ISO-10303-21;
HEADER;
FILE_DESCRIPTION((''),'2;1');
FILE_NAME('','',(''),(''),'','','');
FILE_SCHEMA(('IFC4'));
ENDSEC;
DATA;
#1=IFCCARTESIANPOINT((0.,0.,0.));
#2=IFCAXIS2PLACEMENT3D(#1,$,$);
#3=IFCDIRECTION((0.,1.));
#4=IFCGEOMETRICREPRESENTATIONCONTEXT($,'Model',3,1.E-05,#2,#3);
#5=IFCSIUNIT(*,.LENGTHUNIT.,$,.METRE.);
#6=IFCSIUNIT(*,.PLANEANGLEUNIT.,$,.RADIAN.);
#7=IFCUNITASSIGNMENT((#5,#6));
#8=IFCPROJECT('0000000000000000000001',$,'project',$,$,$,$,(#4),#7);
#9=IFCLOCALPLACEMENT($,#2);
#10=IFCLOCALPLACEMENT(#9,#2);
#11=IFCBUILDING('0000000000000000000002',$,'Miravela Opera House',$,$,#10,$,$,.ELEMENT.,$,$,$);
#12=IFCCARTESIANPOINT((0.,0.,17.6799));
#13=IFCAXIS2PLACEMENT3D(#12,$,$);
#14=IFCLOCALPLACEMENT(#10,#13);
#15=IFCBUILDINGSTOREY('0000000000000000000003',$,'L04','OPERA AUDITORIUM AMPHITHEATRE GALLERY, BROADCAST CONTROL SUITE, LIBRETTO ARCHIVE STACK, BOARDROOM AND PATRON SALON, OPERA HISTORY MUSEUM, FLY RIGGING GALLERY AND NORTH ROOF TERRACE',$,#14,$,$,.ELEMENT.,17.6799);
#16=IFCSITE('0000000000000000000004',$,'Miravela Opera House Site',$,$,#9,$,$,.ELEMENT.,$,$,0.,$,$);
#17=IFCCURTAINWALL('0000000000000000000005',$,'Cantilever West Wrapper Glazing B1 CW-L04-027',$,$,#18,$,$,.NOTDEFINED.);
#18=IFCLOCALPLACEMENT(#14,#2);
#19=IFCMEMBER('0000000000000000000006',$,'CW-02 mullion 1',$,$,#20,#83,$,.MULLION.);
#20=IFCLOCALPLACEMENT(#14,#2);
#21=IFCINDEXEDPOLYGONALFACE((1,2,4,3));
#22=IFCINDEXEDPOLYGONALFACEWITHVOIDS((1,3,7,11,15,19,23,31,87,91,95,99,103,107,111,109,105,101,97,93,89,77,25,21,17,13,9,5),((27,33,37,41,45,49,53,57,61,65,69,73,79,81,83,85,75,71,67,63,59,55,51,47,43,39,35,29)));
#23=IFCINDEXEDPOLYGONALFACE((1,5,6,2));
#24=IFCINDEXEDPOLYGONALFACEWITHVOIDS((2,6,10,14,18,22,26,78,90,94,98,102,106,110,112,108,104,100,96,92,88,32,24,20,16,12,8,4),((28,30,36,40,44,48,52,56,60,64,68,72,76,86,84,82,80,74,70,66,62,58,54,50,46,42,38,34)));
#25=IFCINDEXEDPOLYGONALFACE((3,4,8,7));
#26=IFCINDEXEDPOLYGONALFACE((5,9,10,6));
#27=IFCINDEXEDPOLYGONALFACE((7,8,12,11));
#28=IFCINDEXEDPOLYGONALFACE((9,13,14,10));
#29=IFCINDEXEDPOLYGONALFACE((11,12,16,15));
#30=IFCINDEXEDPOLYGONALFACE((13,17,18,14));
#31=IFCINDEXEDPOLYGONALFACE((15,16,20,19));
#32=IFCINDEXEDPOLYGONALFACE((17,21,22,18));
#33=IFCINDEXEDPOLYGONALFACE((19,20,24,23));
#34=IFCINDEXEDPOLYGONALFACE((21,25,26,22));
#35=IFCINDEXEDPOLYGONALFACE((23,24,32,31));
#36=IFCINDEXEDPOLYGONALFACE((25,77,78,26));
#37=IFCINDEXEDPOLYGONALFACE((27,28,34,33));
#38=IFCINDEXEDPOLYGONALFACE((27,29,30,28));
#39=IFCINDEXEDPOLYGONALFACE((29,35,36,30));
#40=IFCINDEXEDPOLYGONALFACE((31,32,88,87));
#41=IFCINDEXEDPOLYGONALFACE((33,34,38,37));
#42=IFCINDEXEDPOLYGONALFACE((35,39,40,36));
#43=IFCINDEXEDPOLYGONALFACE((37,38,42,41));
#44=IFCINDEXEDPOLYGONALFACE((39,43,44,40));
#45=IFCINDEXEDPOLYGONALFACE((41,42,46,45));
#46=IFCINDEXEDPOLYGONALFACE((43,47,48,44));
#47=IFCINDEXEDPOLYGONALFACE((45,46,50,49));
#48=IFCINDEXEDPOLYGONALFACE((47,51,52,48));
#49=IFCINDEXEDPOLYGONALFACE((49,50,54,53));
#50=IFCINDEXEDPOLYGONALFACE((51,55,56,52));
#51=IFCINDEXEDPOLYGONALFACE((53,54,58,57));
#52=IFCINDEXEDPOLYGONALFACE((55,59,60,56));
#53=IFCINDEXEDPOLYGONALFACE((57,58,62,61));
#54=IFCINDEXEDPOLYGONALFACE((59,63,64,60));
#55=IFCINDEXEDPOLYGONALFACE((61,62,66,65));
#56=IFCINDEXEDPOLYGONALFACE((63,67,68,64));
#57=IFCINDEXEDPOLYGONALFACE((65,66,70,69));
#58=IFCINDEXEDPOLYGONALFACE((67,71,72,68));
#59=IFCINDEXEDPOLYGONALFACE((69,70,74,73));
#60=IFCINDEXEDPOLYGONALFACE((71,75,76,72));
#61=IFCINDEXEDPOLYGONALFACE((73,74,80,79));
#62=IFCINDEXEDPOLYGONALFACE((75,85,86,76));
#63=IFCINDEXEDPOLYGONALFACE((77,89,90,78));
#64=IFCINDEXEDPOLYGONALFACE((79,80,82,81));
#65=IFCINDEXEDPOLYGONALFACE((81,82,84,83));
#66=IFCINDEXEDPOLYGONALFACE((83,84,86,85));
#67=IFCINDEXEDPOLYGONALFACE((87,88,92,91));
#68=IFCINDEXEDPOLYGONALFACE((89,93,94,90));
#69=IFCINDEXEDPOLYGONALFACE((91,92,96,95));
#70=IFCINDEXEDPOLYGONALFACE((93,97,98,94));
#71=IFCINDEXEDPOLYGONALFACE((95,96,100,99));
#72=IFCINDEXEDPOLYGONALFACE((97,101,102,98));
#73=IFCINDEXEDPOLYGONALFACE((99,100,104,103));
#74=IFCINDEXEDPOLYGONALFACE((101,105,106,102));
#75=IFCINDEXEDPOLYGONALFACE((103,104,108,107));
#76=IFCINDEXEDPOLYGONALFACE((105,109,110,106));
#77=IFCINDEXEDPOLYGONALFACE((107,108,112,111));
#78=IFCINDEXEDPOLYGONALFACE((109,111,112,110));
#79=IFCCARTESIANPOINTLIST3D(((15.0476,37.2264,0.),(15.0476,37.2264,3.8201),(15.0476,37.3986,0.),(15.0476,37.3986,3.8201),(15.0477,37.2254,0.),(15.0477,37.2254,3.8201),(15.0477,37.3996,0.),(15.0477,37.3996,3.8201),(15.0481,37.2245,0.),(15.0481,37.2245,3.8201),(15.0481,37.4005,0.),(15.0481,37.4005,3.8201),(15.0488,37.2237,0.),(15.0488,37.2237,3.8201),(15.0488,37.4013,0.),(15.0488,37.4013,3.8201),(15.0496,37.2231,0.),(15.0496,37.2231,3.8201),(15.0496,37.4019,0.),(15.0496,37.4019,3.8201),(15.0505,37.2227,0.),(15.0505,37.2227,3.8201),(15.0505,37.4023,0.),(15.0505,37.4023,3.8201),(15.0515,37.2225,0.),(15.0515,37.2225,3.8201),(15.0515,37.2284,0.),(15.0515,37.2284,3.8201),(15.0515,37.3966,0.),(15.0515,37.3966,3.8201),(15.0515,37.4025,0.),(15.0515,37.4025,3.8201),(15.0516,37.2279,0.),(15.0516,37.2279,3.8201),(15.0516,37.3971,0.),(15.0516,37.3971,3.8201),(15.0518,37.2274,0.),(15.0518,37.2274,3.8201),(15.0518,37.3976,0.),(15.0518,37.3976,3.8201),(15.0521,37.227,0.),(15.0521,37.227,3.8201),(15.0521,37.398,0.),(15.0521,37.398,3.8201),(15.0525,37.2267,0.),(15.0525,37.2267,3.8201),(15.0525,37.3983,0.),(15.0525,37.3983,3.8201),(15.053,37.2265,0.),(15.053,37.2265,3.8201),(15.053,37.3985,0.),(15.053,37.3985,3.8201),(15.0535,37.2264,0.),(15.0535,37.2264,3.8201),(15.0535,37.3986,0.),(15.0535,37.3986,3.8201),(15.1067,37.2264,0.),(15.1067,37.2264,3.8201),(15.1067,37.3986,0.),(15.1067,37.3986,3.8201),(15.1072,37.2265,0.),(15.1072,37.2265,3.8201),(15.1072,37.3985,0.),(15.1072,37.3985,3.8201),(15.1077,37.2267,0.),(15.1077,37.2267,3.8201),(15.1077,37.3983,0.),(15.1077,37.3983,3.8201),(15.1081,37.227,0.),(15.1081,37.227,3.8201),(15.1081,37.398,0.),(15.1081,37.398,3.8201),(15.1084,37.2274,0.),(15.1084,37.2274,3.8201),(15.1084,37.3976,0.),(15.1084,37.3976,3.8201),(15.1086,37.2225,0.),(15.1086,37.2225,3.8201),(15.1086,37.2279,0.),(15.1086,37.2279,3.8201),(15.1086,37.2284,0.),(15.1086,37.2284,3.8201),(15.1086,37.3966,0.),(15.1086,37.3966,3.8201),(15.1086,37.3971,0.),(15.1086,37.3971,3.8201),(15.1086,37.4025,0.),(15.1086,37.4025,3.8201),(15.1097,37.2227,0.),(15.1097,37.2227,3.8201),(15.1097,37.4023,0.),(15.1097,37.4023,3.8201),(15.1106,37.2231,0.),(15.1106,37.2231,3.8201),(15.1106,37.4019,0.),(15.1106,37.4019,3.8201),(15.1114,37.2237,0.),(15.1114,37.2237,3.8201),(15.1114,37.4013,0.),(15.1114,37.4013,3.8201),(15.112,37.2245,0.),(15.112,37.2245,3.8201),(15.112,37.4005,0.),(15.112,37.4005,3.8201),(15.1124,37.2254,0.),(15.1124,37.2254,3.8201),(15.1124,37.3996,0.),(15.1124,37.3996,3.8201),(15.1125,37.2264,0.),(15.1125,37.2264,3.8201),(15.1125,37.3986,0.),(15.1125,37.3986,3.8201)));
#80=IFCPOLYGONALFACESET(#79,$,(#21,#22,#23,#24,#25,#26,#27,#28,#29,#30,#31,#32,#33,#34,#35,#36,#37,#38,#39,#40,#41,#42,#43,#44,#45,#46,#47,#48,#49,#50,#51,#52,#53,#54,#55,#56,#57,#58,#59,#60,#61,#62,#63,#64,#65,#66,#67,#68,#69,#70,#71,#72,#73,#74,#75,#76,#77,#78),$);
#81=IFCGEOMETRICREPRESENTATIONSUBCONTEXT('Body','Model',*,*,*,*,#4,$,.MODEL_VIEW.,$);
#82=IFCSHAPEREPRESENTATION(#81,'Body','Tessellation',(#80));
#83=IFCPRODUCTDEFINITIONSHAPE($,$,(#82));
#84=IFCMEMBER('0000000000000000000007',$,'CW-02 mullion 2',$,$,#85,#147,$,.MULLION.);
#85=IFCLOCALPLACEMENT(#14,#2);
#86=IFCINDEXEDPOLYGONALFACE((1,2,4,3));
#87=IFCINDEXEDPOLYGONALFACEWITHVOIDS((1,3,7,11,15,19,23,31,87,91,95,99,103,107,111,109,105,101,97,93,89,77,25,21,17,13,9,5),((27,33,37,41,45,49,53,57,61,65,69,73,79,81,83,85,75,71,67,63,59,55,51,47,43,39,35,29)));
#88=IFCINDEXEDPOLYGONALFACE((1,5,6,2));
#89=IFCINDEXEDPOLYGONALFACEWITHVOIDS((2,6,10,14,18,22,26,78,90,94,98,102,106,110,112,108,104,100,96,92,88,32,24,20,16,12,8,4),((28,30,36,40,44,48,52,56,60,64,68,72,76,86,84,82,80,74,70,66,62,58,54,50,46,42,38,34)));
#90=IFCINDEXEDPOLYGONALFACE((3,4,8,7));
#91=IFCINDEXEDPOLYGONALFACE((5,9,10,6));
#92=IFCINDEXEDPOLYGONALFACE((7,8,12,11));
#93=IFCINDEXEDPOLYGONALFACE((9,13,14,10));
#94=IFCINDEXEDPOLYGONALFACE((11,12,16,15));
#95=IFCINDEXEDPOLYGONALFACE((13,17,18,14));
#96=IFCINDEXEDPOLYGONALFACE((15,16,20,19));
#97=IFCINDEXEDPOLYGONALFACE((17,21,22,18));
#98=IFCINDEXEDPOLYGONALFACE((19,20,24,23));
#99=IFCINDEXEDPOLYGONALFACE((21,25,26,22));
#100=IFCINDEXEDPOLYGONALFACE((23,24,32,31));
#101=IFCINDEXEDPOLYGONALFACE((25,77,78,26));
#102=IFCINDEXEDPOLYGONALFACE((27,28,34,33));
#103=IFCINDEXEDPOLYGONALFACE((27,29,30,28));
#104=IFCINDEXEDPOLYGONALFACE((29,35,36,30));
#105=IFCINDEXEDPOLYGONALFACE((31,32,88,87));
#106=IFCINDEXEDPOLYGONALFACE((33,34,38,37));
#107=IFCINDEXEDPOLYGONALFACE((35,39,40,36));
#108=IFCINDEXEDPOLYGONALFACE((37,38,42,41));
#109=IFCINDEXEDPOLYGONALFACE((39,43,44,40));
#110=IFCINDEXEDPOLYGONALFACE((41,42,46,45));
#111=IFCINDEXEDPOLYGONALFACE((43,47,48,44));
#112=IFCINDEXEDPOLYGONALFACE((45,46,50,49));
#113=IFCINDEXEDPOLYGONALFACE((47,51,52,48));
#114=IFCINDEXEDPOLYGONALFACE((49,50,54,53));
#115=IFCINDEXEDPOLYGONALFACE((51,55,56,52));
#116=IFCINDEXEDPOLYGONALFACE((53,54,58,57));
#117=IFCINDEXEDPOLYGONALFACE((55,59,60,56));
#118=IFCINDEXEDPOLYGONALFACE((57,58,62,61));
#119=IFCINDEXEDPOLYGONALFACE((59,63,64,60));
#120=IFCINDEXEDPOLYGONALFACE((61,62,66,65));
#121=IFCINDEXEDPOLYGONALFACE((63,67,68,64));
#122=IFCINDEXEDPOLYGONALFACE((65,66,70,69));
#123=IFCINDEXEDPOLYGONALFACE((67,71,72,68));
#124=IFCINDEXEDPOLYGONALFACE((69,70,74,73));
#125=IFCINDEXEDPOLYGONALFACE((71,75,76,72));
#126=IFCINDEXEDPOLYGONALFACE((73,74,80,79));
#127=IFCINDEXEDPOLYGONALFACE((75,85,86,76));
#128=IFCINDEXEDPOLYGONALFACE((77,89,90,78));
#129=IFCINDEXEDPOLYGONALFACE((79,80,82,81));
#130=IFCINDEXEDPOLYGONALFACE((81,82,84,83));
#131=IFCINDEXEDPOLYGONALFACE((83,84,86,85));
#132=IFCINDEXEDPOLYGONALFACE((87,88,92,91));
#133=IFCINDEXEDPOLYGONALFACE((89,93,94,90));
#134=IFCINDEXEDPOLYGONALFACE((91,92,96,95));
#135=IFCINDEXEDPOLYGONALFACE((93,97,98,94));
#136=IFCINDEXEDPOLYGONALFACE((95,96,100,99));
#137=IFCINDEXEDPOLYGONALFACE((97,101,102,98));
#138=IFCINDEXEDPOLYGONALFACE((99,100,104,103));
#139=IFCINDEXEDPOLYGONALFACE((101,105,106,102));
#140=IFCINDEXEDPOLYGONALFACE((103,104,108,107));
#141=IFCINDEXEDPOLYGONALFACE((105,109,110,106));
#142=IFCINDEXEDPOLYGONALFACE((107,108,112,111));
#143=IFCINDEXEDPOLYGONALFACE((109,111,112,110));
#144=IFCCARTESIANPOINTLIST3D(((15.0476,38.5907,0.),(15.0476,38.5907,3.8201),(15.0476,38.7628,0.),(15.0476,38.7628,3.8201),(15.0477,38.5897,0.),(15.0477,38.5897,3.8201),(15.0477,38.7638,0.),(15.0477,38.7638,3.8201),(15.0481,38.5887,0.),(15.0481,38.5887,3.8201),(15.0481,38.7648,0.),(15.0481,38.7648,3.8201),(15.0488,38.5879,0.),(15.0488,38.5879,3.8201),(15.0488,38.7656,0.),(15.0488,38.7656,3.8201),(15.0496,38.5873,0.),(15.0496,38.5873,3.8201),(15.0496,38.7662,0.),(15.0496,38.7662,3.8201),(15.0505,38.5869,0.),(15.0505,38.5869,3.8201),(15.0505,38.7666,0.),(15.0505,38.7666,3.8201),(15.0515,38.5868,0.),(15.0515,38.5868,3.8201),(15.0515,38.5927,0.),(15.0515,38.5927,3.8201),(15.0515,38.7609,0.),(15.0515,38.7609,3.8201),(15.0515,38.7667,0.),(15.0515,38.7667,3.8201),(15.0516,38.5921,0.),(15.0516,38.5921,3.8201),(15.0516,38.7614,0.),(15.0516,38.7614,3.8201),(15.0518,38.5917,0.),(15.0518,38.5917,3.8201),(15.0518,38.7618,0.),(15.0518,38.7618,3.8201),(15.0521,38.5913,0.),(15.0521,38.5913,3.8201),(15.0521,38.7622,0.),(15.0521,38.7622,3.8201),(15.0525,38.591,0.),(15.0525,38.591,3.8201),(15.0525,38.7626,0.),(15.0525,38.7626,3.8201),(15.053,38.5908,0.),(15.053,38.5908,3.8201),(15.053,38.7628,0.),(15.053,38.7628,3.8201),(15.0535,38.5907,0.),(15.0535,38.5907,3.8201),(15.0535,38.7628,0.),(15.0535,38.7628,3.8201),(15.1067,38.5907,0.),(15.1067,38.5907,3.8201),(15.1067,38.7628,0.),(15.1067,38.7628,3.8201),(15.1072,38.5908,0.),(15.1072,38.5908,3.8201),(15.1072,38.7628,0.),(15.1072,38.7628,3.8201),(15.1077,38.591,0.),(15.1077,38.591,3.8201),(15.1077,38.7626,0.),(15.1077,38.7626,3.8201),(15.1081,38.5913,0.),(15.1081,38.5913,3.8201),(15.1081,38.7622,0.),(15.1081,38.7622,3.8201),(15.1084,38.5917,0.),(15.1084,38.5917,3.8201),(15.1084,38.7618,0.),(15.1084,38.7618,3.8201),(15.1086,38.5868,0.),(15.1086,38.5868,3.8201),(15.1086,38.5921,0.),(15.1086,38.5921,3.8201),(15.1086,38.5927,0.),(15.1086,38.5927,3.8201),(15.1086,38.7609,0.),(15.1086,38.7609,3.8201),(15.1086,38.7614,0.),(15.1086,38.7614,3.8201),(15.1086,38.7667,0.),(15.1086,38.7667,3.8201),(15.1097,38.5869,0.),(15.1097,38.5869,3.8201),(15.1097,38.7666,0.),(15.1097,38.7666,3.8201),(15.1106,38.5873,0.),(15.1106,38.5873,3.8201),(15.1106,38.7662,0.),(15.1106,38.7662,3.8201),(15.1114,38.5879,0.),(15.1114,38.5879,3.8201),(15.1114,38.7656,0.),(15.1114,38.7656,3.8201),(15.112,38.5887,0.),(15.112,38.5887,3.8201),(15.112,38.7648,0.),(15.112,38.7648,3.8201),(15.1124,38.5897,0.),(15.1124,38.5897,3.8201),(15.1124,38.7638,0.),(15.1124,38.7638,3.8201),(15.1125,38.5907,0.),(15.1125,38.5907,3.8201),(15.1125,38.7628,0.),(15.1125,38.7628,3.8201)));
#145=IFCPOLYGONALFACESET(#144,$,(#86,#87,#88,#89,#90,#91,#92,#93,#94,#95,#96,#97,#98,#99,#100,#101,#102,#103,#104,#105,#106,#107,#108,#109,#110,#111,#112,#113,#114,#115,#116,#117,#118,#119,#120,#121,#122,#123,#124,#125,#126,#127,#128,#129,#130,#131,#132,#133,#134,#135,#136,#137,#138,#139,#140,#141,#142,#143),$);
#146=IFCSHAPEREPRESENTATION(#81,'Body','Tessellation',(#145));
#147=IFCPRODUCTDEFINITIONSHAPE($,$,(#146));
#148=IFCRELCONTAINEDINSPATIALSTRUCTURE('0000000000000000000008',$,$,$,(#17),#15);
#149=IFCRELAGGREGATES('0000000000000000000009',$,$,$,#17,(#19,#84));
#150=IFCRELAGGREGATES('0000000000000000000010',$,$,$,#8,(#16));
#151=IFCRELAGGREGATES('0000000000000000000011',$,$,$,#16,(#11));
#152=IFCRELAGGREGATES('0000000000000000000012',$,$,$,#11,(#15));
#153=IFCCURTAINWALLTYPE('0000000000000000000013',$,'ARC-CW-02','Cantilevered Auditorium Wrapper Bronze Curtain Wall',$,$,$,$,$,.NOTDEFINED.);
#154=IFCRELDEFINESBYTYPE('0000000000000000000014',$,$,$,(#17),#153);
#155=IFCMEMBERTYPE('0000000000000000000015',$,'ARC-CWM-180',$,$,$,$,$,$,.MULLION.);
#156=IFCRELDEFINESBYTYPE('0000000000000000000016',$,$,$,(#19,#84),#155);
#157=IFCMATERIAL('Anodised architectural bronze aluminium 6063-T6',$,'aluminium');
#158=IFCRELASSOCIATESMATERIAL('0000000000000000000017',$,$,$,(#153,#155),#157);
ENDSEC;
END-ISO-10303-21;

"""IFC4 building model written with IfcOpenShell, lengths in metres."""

from ifc_helpers import new_model, si_unit, direction, frame, origin, origin_2d, place, context, subcontext, project, spatial, hollow_rectangle, extrude, material, material_profile, profile_set, type_object, element, aggregate, save


model = new_model("IFC4")

# Units and contexts
model_context = context("Model", 3, precision=1e-05, world=origin(), true_north=direction((0.0, 1.0)))
body_context = subcontext(model_context, "Body", "Model", "MODEL_VIEW")
ifc_project = project(units=[si_unit("LENGTHUNIT", "METRE"), si_unit("PLANEANGLEUNIT", "RADIAN")], contexts=[model_context])

# Site, building, storey
site_placement = place(None, origin())
site = spatial("IfcSite", under=ifc_project, at=site_placement, Name="Miravela Opera House Site", CompositionType="ELEMENT", RefElevation=0.0)
building_placement = place(site_placement, origin())
building = spatial("IfcBuilding", under=site, at=building_placement, Name="Miravela Opera House", CompositionType="ELEMENT")
storey_placement = place(building_placement, frame((0.0, 0.0, 17.6799)))
storey = spatial("IfcBuildingStorey", under=building, at=storey_placement, Name="L04", Description="OPERA AUDITORIUM AMPHITHEATRE GALLERY, BROADCAST CONTROL SUITE, LIBRETTO ARCHIVE STACK, BOARDROOM AND PATRON SALON, OPERA HISTORY MUSEUM, FLY RIGGING GALLERY AND NORTH ROOF TERRACE", CompositionType="ELEMENT", Elevation=17.6799)

# Curtain wall, members
ifc_material_1 = material(Name="Anodised architectural bronze aluminium 6063-T6", Category="aluminium")
curtain_wall_type = type_object("IfcCurtainWallType", Name="ARC-CW-02", Description="Cantilevered Auditorium Wrapper Bronze Curtain Wall", PredefinedType="NOTDEFINED", material=ifc_material_1)
curtain_wall_placement = place(storey_placement, origin())
curtain_wall = element("IfcCurtainWall", 1, at=curtain_wall_placement, inside=storey, type_object=curtain_wall_type, Name="Cantilever West Wrapper Glazing B1 CW-L04-027", PredefinedType="NOTDEFINED")
ifc_material_profile_1 = material_profile(ifc_material_1, hollow_rectangle(XDim=0.0649, YDim=0.1799, WallThickness=0.0039, InnerFilletRadius=0.002, OuterFilletRadius=0.0039, at=origin_2d()), Name="CWM-65X180")
ifc_profile_set_1 = profile_set([ifc_material_profile_1])
member_type_1 = type_object("IfcMemberType", Name="ARC-CWM-180", PredefinedType="MULLION", material=ifc_profile_set_1)
member_1_placement = place(storey_placement, frame((15.0801, 37.3125, 0.0), z_axis=(0.0, 0.0, 1.0), x_axis=(-1.0, 0.0, 0.0)))
member_1 = element("IfcMember", 2, at=member_1_placement, type_object=member_type_1, Name="CW-02 mullion 1", PredefinedType="MULLION", context=body_context, shape_type="SweptSolid", body=[
    extrude(hollow_rectangle(XDim=0.0649, YDim=0.1799, WallThickness=0.0039, InnerFilletRadius=0.002, OuterFilletRadius=0.0039, at=origin_2d()), origin(), (0.0, 0.0, 1.0), 3.8201),
])
member_2_placement = place(storey_placement, frame((15.0801, 38.6768, 0.0), z_axis=(0.0, 0.0, 1.0), x_axis=(-1.0, 0.0, 0.0)))
member_2 = element("IfcMember", 3, at=member_2_placement, type_object=member_type_1, Name="CW-02 mullion 2", PredefinedType="MULLION", context=body_context, shape_type="SweptSolid", body=[
    extrude(hollow_rectangle(XDim=0.0649, YDim=0.1799, WallThickness=0.0039, InnerFilletRadius=0.002, OuterFilletRadius=0.0039, at=origin_2d()), origin(), (0.0, 0.0, 1.0), 3.8201),
])

aggregate(curtain_wall, [member_1, member_2])

save(model, "model.ifc")
